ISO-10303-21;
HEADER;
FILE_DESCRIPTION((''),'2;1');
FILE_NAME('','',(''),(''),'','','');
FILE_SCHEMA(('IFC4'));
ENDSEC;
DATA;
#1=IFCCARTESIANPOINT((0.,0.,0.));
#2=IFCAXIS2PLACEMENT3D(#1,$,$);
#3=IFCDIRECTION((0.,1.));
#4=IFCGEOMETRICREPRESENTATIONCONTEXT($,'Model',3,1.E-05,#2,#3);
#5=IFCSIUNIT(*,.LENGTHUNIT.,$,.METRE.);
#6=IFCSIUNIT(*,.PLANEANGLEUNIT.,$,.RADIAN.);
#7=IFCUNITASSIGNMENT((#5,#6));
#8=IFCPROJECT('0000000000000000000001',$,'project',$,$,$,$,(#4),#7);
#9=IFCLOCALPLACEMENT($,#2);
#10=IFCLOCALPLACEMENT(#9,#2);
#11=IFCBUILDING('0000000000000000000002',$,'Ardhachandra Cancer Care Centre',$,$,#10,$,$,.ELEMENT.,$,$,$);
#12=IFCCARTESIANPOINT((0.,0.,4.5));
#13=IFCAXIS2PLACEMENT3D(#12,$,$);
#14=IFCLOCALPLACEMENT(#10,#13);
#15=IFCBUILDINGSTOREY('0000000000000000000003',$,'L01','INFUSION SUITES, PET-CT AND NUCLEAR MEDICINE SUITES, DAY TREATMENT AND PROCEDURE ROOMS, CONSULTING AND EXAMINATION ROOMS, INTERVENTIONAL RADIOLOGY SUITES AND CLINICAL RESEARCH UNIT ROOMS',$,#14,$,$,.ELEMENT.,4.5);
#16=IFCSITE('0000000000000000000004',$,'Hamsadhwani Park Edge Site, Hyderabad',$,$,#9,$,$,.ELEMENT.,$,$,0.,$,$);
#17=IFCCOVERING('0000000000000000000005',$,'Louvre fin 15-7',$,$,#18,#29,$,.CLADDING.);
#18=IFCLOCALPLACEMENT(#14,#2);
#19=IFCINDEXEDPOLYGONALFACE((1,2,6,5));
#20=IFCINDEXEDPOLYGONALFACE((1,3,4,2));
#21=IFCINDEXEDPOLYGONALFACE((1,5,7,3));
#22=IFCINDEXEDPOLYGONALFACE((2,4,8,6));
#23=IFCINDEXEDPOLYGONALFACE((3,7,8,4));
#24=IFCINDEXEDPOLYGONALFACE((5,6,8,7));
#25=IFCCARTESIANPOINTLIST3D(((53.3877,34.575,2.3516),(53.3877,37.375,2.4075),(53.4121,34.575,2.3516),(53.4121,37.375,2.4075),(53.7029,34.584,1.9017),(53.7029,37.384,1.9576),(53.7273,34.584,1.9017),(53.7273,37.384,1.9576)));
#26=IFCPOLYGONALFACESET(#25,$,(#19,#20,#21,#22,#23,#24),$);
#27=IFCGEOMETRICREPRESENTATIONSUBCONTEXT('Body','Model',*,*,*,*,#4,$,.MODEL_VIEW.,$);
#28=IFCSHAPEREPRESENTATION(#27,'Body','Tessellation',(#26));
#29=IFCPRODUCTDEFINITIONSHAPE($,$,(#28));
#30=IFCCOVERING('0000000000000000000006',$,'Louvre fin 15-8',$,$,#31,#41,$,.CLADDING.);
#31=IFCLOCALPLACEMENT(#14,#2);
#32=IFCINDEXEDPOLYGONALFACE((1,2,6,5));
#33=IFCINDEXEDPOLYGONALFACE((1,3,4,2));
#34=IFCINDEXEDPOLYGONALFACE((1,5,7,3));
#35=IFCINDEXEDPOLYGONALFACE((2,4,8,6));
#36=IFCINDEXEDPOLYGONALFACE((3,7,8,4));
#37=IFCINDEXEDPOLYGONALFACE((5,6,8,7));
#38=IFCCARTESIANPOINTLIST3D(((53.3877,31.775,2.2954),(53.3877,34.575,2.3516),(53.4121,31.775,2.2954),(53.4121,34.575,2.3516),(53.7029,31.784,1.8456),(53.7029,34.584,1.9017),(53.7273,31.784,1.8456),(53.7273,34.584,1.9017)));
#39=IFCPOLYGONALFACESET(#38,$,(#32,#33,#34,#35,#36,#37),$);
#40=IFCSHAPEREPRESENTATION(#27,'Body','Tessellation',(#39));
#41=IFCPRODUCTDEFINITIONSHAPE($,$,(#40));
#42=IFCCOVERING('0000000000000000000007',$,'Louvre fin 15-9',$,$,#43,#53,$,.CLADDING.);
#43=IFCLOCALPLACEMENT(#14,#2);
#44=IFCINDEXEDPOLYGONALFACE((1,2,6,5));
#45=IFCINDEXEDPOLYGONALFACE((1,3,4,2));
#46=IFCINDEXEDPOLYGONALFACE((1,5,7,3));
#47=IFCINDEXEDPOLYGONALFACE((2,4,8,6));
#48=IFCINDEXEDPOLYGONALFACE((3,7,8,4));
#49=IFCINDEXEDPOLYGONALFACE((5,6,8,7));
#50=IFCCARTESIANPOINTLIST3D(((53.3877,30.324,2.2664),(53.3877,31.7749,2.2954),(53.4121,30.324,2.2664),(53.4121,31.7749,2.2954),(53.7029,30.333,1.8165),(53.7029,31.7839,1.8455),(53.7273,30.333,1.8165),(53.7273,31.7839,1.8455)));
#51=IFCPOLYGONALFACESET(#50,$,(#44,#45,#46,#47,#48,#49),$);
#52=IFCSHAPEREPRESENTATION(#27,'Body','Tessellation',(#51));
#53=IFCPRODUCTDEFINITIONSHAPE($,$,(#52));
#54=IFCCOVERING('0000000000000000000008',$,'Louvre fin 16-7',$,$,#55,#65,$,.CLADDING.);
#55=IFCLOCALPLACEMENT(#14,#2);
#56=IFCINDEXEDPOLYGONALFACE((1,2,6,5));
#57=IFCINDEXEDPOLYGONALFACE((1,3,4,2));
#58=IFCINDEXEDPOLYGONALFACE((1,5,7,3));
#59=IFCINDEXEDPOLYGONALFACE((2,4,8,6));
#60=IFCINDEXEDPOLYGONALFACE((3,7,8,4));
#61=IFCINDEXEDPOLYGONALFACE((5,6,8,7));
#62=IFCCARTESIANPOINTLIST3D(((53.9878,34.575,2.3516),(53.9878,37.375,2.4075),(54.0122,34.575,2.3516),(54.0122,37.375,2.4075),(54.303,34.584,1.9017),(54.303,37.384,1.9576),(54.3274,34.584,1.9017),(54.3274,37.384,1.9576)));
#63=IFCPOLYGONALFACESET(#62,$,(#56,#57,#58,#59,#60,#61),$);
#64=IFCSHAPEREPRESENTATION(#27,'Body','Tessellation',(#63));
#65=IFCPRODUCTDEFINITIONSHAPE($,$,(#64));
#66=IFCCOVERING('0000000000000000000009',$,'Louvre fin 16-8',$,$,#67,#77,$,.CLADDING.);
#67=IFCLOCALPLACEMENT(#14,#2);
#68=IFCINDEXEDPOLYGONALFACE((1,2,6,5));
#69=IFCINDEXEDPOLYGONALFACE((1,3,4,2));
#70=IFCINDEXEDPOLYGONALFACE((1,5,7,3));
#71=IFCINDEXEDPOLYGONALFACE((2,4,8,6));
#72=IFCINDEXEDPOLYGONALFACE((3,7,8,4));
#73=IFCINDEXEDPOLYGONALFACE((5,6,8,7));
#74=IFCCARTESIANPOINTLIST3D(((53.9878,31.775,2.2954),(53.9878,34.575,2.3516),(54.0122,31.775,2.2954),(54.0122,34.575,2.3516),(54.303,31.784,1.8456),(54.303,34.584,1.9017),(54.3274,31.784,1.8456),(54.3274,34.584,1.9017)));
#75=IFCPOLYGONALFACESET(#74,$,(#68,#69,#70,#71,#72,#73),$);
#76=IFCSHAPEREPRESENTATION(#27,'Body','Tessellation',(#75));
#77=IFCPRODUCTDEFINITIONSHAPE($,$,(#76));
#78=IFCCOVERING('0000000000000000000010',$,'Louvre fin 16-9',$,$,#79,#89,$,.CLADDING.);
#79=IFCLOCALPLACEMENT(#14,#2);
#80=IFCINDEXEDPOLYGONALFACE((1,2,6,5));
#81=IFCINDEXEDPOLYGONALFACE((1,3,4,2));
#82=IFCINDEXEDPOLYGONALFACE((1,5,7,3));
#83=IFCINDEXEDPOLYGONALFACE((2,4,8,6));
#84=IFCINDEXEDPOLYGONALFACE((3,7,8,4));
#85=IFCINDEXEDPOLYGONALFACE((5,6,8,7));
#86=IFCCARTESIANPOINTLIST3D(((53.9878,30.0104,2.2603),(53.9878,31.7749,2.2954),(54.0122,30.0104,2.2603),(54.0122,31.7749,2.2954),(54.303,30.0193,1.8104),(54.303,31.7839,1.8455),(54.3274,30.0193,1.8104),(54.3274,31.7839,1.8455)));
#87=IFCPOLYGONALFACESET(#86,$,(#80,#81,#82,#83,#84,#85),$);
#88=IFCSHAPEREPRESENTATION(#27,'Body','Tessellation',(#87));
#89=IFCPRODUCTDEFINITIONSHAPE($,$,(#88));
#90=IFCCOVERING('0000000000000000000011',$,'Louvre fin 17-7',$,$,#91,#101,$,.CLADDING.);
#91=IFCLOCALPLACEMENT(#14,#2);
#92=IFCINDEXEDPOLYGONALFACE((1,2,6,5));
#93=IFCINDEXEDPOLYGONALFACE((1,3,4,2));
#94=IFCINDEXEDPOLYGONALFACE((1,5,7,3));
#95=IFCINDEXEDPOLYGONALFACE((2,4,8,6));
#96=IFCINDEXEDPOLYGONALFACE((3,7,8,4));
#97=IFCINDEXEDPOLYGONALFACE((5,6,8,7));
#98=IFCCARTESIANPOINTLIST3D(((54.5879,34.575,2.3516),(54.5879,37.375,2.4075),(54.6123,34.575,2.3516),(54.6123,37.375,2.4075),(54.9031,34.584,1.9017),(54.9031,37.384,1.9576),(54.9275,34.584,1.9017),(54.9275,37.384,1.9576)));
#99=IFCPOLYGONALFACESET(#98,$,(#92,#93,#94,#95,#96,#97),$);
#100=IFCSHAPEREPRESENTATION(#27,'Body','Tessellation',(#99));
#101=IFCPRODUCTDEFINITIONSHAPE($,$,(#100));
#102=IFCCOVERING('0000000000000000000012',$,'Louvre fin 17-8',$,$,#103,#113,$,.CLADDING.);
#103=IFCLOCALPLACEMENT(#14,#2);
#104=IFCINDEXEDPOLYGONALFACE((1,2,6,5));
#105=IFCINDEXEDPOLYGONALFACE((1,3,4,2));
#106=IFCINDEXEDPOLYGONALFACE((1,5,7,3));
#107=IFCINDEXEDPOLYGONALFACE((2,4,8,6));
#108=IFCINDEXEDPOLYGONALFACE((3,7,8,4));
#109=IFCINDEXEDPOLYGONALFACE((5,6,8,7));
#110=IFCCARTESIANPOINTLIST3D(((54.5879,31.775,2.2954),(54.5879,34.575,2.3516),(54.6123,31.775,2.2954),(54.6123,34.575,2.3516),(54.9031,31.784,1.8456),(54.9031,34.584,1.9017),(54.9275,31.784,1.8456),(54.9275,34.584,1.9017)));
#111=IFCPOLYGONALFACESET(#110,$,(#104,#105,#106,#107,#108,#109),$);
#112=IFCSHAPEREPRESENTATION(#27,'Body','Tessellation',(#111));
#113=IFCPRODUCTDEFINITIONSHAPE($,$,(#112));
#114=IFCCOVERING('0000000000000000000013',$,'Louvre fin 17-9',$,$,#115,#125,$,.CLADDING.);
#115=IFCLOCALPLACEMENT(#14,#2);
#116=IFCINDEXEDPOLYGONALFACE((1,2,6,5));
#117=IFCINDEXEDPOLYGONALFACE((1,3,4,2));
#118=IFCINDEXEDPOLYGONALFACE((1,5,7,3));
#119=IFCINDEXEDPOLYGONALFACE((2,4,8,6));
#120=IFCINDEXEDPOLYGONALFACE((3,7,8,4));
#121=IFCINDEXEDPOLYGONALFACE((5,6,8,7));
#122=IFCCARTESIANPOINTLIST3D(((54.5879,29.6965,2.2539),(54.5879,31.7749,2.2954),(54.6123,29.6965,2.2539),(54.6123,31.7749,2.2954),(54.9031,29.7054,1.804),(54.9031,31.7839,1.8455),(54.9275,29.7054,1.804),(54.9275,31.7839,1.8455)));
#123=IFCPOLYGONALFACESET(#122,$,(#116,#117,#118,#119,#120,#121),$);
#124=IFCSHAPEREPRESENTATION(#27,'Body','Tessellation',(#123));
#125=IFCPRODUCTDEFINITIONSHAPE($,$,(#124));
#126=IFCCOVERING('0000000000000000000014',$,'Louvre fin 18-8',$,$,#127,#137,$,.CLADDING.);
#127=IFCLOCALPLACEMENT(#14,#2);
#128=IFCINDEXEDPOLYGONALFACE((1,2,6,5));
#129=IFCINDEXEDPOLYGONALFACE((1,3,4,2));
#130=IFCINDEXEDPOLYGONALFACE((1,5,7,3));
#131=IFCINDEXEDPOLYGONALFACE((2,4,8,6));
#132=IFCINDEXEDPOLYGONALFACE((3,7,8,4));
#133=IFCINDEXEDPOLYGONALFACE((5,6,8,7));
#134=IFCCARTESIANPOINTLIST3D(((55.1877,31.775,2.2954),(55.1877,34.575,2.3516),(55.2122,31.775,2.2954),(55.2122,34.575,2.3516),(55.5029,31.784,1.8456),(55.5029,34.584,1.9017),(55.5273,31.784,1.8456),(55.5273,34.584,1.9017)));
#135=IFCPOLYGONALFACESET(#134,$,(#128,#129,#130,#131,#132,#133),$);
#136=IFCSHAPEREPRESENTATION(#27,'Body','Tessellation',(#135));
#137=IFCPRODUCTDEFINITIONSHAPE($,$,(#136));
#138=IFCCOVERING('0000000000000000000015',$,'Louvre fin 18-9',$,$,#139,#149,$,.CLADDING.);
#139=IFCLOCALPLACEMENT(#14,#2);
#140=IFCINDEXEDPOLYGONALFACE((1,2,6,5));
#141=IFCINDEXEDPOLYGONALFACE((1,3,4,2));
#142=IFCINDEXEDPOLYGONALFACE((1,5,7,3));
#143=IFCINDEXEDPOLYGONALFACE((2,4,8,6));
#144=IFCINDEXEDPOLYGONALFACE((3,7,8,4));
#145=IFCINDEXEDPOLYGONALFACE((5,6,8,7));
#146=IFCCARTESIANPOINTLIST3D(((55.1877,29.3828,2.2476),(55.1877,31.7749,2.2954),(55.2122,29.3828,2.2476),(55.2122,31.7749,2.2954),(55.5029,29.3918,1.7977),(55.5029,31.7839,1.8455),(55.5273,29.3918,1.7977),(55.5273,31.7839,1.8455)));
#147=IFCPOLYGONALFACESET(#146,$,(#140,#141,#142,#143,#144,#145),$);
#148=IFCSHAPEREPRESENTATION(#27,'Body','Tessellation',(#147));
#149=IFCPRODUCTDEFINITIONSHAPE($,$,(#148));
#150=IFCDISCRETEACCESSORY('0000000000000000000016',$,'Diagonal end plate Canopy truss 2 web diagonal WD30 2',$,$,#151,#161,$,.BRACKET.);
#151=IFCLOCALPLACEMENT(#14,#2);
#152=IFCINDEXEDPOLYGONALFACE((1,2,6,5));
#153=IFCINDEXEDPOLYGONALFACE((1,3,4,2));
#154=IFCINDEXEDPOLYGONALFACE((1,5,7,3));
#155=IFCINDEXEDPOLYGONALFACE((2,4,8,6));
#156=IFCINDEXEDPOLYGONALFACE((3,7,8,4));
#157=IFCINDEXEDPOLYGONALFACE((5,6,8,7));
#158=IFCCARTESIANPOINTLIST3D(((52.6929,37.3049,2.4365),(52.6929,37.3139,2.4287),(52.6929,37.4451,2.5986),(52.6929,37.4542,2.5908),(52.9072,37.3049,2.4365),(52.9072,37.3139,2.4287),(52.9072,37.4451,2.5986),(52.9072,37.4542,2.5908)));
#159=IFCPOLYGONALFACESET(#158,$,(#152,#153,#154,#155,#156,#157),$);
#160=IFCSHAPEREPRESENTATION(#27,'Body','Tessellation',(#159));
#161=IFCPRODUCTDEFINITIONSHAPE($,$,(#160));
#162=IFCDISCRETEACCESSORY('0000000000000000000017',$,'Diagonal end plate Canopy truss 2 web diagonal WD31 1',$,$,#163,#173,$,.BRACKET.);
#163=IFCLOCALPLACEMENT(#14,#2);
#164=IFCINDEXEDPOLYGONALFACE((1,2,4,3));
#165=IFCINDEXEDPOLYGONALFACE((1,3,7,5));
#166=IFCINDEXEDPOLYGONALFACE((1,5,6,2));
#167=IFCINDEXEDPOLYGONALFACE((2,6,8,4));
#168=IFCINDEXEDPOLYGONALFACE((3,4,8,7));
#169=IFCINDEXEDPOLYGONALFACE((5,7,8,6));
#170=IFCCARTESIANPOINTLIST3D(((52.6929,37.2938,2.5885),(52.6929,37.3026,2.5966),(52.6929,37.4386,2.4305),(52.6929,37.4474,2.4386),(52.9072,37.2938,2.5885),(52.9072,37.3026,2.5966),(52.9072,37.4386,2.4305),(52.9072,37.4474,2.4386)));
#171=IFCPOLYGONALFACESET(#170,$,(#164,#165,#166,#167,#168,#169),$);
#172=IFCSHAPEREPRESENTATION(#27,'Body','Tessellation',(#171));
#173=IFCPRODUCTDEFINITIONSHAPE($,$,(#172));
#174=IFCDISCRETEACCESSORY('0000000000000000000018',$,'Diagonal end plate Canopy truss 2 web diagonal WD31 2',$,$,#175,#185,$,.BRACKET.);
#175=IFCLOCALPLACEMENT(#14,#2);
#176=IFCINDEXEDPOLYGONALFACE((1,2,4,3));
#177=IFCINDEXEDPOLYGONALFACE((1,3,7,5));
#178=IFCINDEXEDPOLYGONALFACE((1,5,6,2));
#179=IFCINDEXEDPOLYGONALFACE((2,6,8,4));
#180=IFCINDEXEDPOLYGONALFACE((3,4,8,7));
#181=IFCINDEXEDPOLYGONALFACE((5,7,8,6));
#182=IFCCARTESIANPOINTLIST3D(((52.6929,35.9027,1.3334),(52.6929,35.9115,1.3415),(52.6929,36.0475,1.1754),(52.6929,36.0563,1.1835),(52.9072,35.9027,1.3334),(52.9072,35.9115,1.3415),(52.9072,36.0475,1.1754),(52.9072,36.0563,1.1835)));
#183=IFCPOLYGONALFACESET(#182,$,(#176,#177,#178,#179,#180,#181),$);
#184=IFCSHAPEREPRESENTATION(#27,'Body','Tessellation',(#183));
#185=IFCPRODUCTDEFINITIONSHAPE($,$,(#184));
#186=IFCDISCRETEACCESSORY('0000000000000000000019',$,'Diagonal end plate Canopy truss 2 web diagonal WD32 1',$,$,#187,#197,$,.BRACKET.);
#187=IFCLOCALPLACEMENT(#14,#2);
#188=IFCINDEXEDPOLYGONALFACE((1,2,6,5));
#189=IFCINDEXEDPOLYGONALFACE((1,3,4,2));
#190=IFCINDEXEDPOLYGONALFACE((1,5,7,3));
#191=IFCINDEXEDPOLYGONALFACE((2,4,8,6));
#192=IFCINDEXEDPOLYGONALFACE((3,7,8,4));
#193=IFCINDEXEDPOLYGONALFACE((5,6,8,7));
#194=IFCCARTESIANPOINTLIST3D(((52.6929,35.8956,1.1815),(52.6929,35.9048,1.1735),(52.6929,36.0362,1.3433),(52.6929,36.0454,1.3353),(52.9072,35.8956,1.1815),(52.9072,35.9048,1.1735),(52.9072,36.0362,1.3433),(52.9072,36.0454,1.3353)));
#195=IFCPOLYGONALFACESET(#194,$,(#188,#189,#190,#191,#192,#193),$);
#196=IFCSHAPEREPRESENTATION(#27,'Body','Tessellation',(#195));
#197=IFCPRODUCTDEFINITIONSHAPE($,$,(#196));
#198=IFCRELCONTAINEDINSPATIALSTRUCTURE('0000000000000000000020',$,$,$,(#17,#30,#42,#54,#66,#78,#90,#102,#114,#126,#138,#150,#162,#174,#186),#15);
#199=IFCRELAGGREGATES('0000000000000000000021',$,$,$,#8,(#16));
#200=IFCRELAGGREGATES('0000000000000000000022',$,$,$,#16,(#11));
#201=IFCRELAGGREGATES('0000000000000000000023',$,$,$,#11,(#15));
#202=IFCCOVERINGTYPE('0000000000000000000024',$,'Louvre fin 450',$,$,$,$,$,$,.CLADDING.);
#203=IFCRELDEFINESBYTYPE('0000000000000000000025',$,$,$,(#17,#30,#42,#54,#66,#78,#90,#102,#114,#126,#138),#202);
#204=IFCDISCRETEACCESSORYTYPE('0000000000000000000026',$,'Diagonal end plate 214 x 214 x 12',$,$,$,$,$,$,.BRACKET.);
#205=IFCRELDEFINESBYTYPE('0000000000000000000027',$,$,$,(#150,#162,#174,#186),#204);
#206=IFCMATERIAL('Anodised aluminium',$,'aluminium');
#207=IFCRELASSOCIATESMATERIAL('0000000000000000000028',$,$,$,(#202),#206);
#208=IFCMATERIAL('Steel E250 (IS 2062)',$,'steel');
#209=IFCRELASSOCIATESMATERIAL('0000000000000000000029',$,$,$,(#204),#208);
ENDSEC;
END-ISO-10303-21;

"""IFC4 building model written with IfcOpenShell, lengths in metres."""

from ifc_helpers import new_model, si_unit, direction, frame, origin, origin_2d, place, context, subcontext, project, spatial, polyline, rectangle, outline, extrude, material, material_profile, profile_set, type_object, element, save


model = new_model("IFC4")

# Units and contexts
model_context = context("Model", 3, precision=1e-05, world=origin(), true_north=direction((0.0, 1.0)))
body_context = subcontext(model_context, "Body", "Model", "MODEL_VIEW")
ifc_project = project(units=[si_unit("LENGTHUNIT", "METRE"), si_unit("PLANEANGLEUNIT", "RADIAN")], contexts=[model_context])

# Site, building, storey
site_placement = place(None, origin())
site = spatial("IfcSite", under=ifc_project, at=site_placement, Name="Hamsadhwani Park Edge Site, Hyderabad", CompositionType="ELEMENT", RefElevation=0.0)
building_placement = place(site_placement, origin())
building = spatial("IfcBuilding", under=site, at=building_placement, Name="Ardhachandra Cancer Care Centre", CompositionType="ELEMENT")
storey_placement = place(building_placement, frame((0.0, 0.0, 4.5)))
storey = spatial("IfcBuildingStorey", under=building, at=storey_placement, Name="L01", Description="INFUSION SUITES, PET-CT AND NUCLEAR MEDICINE SUITES, DAY TREATMENT AND PROCEDURE ROOMS, CONSULTING AND EXAMINATION ROOMS, INTERVENTIONAL RADIOLOGY SUITES AND CLINICAL RESEARCH UNIT ROOMS", CompositionType="ELEMENT", Elevation=4.5)

# Coverings
ifc_material_1 = material(Name="Anodised aluminium", Category="aluminium")
ifc_material_profile_1 = material_profile(ifc_material_1, outline(polyline([(-0.0122, 0.0), (0.0122, 0.0), (0.3274, -0.45), (0.303, -0.45), (-0.0122, 0.0)])), Name="Louvre fin 450")
ifc_profile_set_1 = profile_set([ifc_material_profile_1], Name="Anodised aluminium")
covering_type = type_object("IfcCoveringType", Name="Louvre fin 450", PredefinedType="CLADDING", material=ifc_profile_set_1)
for number, where, z_axis, x_axis, name in (
    (1, (53.3999, 37.375, 2.4075), (0.0, -0.999801, -0.019963), (1.0, 0.0, 0.0), "Louvre fin 15-7"),
    (2, (53.3999, 34.575, 2.3516), (0.0, -0.999799, -0.02005), (1.0, 0.0, 0.0), "Louvre fin 15-8"),
):
    element("IfcCovering", number, at=place(storey_placement, frame(where, z_axis=z_axis, x_axis=x_axis)), inside=storey, type_object=covering_type, Name=name, PredefinedType="CLADDING", context=body_context, shape_type="SweptSolid", body=[
        extrude(outline(polyline([(-0.0122, 0.0), (0.0122, 0.0), (0.3274, -0.45), (0.303, -0.45), (-0.0122, 0.0)])), origin(), (0.0, 0.0, 1.0), 2.8005),
    ])
covering_1_placement = place(storey_placement, frame((53.3999, 31.7749, 2.2954), z_axis=(0.0, -0.9998, -0.02002), x_axis=(1.0, 0.0, 0.0)))
element("IfcCovering", 3, at=covering_1_placement, inside=storey, type_object=covering_type, Name="Louvre fin 15-9", PredefinedType="CLADDING", context=body_context, shape_type="SweptSolid", body=[
    extrude(outline(polyline([(-0.0122, 0.0), (0.0122, 0.0), (0.3274, -0.45), (0.303, -0.45), (-0.0122, 0.0)])), origin(), (0.0, 0.0, 1.0), 1.4512),
])
for number, where, z_axis, x_axis, name in (
    (4, (54.0, 37.375, 2.4075), (0.0, -0.999801, -0.019963), (1.0, 0.0, 0.0), "Louvre fin 16-7"),
    (5, (54.0, 34.575, 2.3516), (0.0, -0.999799, -0.02005), (1.0, 0.0, 0.0), "Louvre fin 16-8"),
):
    element("IfcCovering", number, at=place(storey_placement, frame(where, z_axis=z_axis, x_axis=x_axis)), inside=storey, type_object=covering_type, Name=name, PredefinedType="CLADDING", context=body_context, shape_type="SweptSolid", body=[
        extrude(outline(polyline([(-0.0122, 0.0), (0.0122, 0.0), (0.3274, -0.45), (0.303, -0.45), (-0.0122, 0.0)])), origin(), (0.0, 0.0, 1.0), 2.8005),
    ])
covering_2_placement = place(storey_placement, frame((54.0, 31.7749, 2.2954), z_axis=(0.0, -0.999802, -0.019919), x_axis=(1.0, 0.0, 0.0)))
element("IfcCovering", 6, at=covering_2_placement, inside=storey, type_object=covering_type, Name="Louvre fin 16-9", PredefinedType="CLADDING", context=body_context, shape_type="SweptSolid", body=[
    extrude(outline(polyline([(-0.0122, 0.0), (0.0122, 0.0), (0.3274, -0.45), (0.303, -0.45), (-0.0122, 0.0)])), origin(), (0.0, 0.0, 1.0), 1.7649),
])
for number, where, z_axis, x_axis, name in (
    (7, (54.6001, 37.375, 2.4075), (0.0, -0.999801, -0.019963), (1.0, 0.0, 0.0), "Louvre fin 17-7"),
    (8, (54.6001, 34.575, 2.3516), (0.0, -0.999799, -0.02005), (1.0, 0.0, 0.0), "Louvre fin 17-8"),
):
    element("IfcCovering", number, at=place(storey_placement, frame(where, z_axis=z_axis, x_axis=x_axis)), inside=storey, type_object=covering_type, Name=name, PredefinedType="CLADDING", context=body_context, shape_type="SweptSolid", body=[
        extrude(outline(polyline([(-0.0122, 0.0), (0.0122, 0.0), (0.3274, -0.45), (0.303, -0.45), (-0.0122, 0.0)])), origin(), (0.0, 0.0, 1.0), 2.8005),
    ])
covering_3_placement = place(storey_placement, frame((54.6001, 31.7749, 2.2954), z_axis=(0.0, -0.999801, -0.019965), x_axis=(1.0, 0.0, 0.0)))
element("IfcCovering", 9, at=covering_3_placement, inside=storey, type_object=covering_type, Name="Louvre fin 17-9", PredefinedType="CLADDING", context=body_context, shape_type="SweptSolid", body=[
    extrude(outline(polyline([(-0.0122, 0.0), (0.0122, 0.0), (0.3274, -0.45), (0.303, -0.45), (-0.0122, 0.0)])), origin(), (0.0, 0.0, 1.0), 2.0789),
])
covering_4_placement = place(storey_placement, frame((55.2, 34.575, 2.3516), z_axis=(0.0, -0.999799, -0.02005), x_axis=(1.0, 0.0, 0.0)))
element("IfcCovering", 10, at=covering_4_placement, inside=storey, type_object=covering_type, Name="Louvre fin 18-8", PredefinedType="CLADDING", context=body_context, shape_type="SweptSolid", body=[
    extrude(outline(polyline([(-0.0122, 0.0), (0.0122, 0.0), (0.3274, -0.45), (0.303, -0.45), (-0.0122, 0.0)])), origin(), (0.0, 0.0, 1.0), 2.8005),
])
covering_5_placement = place(storey_placement, frame((55.2, 31.7749, 2.2954), z_axis=(0.0, -0.9998, -0.02), x_axis=(1.0, 0.0, 0.0)))
element("IfcCovering", 11, at=covering_5_placement, inside=storey, type_object=covering_type, Name="Louvre fin 18-9", PredefinedType="CLADDING", context=body_context, shape_type="SweptSolid", body=[
    extrude(outline(polyline([(-0.0122, 0.0), (0.0122, 0.0), (0.3274, -0.45), (0.303, -0.45), (-0.0122, 0.0)])), origin(), (0.0, 0.0, 1.0), 2.3926),
])

# Discrete accessories
ifc_material_2 = material(Name="Steel E250 (IS 2062)", Category="steel")
ifc_material_profile_2 = material_profile(ifc_material_2, rectangle(XDim=0.2144, YDim=0.2144, at=origin_2d()), Name="PL 214x214x12")
ifc_profile_set_2 = profile_set([ifc_material_profile_2], Name="Steel E250 (IS 2062)")
discrete_accessory_type = type_object("IfcDiscreteAccessoryType", Name="Diagonal end plate 214 x 214 x 12", PredefinedType="BRACKET", material=ifc_profile_set_2)
for number, where, z_axis, x_axis, name in (
    (12, (52.8, 37.375, 2.5176), (0.0, 0.756363, -0.654152), (-1.0, 0.0, 0.0), "Diagonal end plate Canopy truss 2 web diagonal WD30 2"),
    (13, (52.8, 37.375, 2.5176), (0.0, -0.737154, -0.675725), (1.0, 0.0, 0.0), "Diagonal end plate Canopy truss 2 web diagonal WD31 1"),
    (14, (52.8, 35.9751, 1.2544), (0.0, 0.737154, 0.675725), (-1.0, 0.0, 0.0), "Diagonal end plate Canopy truss 2 web diagonal WD31 2"),
):
    element("IfcDiscreteAccessory", number, at=place(storey_placement, frame(where, z_axis=z_axis, x_axis=x_axis)), inside=storey, type_object=discrete_accessory_type, Name=name, PredefinedType="BRACKET", context=body_context, shape_type="SweptSolid", body=[
        extrude(rectangle(XDim=0.2144, YDim=0.2144, at=origin_2d()), origin(), (0.0, 0.0, 1.0), 0.012),
    ])
discrete_accessory_1_placement = place(storey_placement, frame((52.8, 35.9751, 1.2544), z_axis=(0.0, -0.755033, 0.655687), x_axis=(1.0, 0.0, 0.0)))
element("IfcDiscreteAccessory", 15, at=discrete_accessory_1_placement, inside=storey, type_object=discrete_accessory_type, Name="Diagonal end plate Canopy truss 2 web diagonal WD32 1", PredefinedType="BRACKET", context=body_context, shape_type="SweptSolid", body=[
    extrude(rectangle(XDim=0.2144, YDim=0.2144, at=origin_2d()), origin(), (0.0, 0.0, 1.0), 0.0122),
])

save(model, "model.ifc")
